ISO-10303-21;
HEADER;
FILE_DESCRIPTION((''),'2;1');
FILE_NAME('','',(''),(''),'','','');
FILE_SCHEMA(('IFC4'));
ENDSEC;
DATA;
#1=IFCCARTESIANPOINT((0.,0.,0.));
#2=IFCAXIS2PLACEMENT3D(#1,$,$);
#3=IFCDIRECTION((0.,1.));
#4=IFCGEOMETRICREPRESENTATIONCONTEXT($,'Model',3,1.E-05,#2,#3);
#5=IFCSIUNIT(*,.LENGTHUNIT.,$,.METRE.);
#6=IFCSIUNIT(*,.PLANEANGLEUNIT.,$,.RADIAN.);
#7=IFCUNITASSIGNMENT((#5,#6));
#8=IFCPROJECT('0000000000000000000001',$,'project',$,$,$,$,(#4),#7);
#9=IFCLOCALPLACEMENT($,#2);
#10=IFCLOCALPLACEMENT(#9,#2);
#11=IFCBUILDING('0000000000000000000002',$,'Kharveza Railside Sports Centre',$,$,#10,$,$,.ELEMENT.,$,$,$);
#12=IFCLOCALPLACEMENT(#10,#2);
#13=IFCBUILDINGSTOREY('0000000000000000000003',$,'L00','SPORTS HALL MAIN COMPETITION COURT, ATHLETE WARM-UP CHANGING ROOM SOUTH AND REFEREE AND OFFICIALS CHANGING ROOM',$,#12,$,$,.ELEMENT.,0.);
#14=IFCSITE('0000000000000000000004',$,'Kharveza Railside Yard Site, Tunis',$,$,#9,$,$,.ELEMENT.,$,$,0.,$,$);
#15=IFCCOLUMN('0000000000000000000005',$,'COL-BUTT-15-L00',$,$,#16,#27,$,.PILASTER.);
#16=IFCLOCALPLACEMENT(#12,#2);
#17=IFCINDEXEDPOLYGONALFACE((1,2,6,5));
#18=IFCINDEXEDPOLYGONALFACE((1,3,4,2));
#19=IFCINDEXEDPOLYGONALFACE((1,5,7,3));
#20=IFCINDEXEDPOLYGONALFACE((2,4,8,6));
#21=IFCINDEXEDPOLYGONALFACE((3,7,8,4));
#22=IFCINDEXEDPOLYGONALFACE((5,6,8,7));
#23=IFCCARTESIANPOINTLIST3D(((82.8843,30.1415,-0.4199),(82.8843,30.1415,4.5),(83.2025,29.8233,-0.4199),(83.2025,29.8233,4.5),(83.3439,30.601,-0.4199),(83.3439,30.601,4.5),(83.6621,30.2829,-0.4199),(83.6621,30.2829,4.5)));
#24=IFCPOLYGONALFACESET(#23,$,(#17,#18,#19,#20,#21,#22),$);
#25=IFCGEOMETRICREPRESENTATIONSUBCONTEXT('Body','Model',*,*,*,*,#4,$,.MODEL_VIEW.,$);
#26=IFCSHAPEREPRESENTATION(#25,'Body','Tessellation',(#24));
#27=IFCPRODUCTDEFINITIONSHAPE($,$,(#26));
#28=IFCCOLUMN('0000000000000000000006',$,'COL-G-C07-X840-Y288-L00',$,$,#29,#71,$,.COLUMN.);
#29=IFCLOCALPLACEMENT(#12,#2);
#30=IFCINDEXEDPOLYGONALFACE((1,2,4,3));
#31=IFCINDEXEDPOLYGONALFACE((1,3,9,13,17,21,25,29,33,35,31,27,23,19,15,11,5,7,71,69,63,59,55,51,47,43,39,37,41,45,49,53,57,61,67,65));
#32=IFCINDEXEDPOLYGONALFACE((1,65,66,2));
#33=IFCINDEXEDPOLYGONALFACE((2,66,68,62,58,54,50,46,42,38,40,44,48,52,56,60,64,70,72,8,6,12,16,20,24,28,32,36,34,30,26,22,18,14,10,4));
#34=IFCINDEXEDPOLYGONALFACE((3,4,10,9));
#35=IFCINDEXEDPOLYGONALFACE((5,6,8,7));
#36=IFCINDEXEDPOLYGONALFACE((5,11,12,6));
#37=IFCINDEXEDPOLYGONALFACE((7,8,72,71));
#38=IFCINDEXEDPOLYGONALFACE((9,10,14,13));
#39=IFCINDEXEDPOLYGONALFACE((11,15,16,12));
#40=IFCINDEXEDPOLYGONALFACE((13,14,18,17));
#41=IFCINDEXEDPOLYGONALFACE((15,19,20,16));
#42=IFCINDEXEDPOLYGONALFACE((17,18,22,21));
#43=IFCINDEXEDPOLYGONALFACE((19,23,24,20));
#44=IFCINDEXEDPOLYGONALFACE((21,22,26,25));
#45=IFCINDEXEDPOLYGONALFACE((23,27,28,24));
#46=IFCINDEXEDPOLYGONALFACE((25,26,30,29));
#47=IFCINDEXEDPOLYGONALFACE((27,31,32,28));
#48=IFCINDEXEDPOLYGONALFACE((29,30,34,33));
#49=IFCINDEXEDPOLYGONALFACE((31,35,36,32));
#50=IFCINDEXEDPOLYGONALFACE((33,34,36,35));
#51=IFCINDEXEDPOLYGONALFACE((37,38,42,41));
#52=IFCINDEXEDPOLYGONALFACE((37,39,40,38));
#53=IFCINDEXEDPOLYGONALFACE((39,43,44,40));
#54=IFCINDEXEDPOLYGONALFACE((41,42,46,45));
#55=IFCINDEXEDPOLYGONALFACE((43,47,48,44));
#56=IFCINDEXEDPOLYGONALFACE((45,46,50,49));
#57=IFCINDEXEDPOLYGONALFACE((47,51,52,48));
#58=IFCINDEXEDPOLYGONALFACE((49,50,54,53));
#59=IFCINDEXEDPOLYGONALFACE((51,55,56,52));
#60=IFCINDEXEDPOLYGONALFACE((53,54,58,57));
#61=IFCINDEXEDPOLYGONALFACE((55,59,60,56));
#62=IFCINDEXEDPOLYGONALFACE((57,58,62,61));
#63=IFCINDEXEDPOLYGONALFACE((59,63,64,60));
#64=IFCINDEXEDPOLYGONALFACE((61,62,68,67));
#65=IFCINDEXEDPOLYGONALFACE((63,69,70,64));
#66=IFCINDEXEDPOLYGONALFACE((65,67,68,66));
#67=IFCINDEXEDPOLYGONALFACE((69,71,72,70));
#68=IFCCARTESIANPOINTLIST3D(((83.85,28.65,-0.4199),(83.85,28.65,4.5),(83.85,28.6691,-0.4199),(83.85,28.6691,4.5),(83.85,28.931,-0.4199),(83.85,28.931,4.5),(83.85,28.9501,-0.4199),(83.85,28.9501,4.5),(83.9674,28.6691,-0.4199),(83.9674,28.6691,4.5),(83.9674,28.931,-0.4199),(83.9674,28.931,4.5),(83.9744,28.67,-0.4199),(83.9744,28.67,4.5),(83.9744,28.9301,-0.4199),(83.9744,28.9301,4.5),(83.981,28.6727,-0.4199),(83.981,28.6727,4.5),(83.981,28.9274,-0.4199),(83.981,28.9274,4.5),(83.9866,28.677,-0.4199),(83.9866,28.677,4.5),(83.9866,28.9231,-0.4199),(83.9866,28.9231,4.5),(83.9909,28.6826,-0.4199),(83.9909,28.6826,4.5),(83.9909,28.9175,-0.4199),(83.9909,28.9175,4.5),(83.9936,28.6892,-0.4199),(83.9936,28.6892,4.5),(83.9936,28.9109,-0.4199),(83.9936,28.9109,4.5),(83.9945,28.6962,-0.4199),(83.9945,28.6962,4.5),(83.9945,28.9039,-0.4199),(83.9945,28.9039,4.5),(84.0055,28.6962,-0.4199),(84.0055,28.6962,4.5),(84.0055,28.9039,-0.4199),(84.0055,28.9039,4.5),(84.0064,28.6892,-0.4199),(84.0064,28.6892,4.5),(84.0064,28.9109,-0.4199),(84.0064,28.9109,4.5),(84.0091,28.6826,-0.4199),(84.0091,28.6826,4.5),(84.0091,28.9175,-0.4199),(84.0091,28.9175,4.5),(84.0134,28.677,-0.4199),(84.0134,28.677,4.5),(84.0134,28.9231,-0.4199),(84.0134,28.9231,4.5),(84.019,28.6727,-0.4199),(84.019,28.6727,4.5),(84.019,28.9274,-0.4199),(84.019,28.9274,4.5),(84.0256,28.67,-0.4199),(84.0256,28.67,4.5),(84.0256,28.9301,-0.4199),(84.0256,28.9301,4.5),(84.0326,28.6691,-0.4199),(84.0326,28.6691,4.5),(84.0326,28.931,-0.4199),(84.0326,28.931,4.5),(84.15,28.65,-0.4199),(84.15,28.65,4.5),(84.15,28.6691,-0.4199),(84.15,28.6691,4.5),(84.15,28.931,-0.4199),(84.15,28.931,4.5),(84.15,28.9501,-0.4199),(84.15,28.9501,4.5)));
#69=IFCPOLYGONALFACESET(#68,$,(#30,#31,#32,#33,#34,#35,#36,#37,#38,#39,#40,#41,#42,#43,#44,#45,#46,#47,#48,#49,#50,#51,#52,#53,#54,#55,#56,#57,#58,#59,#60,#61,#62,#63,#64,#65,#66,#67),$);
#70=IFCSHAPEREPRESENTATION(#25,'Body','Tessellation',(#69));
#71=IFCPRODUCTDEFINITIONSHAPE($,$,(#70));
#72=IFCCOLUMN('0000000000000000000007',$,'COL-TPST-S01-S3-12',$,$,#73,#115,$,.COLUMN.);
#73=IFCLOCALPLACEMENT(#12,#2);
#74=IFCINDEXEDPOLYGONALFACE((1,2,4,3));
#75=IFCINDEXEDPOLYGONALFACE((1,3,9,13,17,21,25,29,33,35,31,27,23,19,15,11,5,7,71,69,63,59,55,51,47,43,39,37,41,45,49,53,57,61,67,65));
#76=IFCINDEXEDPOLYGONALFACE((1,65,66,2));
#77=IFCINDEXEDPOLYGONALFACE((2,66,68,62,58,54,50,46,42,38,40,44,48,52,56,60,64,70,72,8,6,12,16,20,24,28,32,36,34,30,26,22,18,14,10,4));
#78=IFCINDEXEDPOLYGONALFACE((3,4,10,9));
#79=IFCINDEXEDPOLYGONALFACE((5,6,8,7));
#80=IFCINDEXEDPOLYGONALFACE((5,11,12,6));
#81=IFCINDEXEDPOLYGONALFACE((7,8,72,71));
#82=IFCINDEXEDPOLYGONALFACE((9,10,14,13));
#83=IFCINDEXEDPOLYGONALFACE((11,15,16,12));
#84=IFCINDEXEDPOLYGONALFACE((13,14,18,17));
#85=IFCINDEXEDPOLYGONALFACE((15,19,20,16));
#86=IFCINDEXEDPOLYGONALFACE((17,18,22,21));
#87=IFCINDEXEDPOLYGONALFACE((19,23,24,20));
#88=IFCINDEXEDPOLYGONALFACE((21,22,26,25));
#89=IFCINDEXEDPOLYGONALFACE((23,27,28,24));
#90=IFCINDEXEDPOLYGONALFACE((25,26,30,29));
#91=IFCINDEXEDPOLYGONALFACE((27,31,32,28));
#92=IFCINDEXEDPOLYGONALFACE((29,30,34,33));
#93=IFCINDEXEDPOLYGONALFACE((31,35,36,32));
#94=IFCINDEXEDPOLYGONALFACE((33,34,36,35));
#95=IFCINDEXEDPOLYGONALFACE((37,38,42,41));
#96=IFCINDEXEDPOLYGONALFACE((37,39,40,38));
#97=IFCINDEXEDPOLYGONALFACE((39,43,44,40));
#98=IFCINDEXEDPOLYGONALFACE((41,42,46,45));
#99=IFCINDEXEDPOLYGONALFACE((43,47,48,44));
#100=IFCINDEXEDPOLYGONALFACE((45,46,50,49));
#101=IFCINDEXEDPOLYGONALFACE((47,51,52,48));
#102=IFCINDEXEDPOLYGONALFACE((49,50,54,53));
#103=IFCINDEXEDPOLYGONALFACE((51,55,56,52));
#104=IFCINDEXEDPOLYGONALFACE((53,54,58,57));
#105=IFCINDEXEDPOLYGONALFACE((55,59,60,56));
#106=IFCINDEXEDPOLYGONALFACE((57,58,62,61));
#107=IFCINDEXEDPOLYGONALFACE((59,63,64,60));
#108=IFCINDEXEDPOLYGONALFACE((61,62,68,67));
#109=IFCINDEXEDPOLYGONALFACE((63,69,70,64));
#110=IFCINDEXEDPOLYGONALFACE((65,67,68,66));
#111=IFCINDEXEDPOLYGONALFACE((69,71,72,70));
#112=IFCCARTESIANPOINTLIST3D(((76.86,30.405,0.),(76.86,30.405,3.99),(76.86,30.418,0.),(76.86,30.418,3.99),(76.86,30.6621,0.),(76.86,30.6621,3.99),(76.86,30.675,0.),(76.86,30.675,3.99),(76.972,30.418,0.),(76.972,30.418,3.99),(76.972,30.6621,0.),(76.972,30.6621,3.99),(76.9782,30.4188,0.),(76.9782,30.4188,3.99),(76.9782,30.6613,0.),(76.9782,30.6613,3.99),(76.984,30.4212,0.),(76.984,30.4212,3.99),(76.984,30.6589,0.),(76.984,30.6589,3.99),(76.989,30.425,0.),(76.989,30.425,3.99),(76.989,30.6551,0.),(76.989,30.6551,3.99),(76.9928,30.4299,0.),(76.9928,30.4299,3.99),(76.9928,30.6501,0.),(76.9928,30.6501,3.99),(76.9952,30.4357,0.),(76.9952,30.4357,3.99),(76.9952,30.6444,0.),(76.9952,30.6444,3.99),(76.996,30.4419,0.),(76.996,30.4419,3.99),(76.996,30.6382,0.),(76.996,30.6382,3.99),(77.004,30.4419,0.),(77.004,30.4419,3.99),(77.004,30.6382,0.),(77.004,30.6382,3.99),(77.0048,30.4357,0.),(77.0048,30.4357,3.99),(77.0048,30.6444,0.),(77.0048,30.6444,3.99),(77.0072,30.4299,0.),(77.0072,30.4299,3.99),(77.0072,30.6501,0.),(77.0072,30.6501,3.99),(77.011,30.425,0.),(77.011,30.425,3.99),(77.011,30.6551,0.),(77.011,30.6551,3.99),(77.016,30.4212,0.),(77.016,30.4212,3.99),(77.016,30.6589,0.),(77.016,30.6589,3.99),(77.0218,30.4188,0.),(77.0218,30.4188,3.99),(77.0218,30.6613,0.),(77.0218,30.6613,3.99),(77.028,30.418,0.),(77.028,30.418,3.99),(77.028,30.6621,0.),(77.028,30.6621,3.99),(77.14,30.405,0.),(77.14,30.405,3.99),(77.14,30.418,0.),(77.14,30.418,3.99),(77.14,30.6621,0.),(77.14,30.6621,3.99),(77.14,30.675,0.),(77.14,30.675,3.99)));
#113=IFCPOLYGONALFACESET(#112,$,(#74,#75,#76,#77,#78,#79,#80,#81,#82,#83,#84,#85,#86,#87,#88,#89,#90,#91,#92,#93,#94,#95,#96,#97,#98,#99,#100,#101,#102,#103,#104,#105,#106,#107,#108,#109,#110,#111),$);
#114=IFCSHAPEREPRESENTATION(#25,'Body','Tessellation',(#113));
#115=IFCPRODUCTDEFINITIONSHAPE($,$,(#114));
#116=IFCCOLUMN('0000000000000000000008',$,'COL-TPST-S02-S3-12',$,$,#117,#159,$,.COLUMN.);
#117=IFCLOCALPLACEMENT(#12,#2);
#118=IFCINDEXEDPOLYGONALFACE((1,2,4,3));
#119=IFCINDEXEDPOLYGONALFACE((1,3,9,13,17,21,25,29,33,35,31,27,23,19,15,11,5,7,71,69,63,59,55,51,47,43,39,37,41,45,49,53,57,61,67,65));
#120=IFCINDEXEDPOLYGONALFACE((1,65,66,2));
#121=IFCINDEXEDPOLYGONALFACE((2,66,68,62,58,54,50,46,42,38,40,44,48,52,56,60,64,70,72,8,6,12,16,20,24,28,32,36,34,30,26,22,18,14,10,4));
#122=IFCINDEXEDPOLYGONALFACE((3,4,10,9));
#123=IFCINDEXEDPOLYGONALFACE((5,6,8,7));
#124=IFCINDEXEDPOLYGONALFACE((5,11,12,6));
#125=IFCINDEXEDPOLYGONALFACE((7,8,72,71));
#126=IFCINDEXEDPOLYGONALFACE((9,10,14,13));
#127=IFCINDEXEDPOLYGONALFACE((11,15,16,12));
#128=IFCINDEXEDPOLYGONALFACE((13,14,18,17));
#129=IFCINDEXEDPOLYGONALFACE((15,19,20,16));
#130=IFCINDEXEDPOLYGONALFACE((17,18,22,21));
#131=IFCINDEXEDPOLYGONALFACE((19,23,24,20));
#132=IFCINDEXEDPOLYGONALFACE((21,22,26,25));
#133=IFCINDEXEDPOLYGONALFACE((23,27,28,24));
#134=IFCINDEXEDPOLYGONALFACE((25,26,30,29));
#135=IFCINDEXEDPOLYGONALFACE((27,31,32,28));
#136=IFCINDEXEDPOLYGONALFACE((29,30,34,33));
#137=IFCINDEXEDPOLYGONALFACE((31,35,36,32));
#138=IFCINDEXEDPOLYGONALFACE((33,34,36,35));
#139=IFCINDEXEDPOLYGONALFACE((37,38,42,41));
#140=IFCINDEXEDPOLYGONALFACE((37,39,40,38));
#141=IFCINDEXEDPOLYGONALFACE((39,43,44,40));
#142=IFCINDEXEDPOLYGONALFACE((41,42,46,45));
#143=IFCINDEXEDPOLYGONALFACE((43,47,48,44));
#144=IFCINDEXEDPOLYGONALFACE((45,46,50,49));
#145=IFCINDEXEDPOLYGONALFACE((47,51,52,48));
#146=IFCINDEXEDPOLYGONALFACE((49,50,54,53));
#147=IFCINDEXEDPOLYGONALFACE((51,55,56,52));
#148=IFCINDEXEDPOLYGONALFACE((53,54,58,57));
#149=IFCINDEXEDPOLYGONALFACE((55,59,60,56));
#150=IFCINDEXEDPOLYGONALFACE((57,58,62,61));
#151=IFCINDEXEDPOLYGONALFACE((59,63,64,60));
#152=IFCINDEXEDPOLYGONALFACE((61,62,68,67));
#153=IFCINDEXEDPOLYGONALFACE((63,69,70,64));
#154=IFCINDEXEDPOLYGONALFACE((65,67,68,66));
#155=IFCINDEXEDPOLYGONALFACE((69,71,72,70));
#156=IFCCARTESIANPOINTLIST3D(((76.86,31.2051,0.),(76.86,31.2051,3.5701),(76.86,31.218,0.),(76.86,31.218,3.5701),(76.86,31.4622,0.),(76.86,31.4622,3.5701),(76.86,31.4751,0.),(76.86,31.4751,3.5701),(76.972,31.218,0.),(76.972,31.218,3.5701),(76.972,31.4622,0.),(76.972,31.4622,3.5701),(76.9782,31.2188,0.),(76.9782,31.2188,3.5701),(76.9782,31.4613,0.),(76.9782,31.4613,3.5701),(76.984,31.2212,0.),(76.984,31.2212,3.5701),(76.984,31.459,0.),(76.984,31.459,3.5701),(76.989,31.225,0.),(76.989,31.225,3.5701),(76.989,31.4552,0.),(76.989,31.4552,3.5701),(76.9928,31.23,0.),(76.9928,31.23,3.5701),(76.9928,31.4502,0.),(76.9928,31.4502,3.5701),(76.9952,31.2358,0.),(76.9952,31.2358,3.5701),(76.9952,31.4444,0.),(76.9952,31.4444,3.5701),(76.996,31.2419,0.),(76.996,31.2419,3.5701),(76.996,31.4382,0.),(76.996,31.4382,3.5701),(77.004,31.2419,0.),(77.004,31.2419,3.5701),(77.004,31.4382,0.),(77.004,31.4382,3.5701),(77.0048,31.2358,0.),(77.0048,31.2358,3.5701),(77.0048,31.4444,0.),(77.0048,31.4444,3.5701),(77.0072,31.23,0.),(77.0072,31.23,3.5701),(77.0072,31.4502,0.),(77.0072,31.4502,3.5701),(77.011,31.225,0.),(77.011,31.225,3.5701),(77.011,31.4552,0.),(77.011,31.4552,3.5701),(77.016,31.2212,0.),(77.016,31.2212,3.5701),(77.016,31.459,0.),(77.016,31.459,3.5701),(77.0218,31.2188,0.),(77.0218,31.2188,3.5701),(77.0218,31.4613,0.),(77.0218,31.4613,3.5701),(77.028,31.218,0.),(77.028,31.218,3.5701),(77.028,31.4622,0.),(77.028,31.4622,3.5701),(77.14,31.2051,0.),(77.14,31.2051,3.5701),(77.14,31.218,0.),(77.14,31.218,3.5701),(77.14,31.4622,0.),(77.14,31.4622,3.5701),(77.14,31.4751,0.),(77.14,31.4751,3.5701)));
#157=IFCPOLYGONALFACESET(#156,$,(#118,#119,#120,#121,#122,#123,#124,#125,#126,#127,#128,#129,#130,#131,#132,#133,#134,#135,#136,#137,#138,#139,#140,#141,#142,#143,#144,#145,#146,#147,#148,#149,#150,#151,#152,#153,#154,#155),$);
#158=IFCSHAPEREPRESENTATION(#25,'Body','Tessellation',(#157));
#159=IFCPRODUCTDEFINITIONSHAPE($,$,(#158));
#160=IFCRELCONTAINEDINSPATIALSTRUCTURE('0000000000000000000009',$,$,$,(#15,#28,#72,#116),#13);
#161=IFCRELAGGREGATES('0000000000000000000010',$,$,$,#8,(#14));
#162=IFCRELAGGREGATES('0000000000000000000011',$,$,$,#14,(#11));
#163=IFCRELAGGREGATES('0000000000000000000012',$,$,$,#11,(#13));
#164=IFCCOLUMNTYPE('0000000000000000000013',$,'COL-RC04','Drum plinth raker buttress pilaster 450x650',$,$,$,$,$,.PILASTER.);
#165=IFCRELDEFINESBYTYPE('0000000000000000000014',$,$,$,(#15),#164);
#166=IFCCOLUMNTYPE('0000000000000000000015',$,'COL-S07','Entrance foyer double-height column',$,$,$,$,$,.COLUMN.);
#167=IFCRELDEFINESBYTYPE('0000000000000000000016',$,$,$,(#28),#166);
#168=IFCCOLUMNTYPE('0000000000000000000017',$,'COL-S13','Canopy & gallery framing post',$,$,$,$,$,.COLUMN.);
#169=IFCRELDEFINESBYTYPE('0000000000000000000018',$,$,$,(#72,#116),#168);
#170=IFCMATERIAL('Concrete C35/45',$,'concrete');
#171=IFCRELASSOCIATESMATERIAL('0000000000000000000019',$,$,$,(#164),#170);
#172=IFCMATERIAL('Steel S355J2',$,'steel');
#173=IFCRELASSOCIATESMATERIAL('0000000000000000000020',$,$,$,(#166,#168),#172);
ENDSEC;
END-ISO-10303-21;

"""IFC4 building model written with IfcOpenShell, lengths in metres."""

from ifc_helpers import new_model, si_unit, direction, frame, origin, origin_2d, place, context, subcontext, project, spatial, rectangle, i_section, extrude, material, material_profile, profile_set, type_object, element, save


model = new_model("IFC4")

# Units and contexts
model_context = context("Model", 3, precision=1e-05, world=origin(), true_north=direction((0.0, 1.0)))
body_context = subcontext(model_context, "Body", "Model", "MODEL_VIEW")
ifc_project = project(units=[si_unit("LENGTHUNIT", "METRE"), si_unit("PLANEANGLEUNIT", "RADIAN")], contexts=[model_context])

# Site, building, storey
site_placement = place(None, origin())
site = spatial("IfcSite", under=ifc_project, at=site_placement, Name="Kharveza Railside Yard Site, Tunis", CompositionType="ELEMENT", RefElevation=0.0)
building_placement = place(site_placement, origin())
building = spatial("IfcBuilding", under=site, at=building_placement, Name="Kharveza Railside Sports Centre", CompositionType="ELEMENT")
storey_placement = place(building_placement, origin())
storey = spatial("IfcBuildingStorey", under=building, at=storey_placement, Name="L00", Description="SPORTS HALL MAIN COMPETITION COURT, ATHLETE WARM-UP CHANGING ROOM SOUTH AND REFEREE AND OFFICIALS CHANGING ROOM", CompositionType="ELEMENT", Elevation=0.0)

# Shared definitions
ifc_material_1 = material(Name="Concrete C35/45", Category="concrete")

# Columns
ifc_material_profile_1 = material_profile(ifc_material_1, rectangle(XDim=0.45, YDim=0.6499, at=origin_2d()), Name="RC 450x650")
ifc_profile_set_1 = profile_set([ifc_material_profile_1], Name="Concrete C35/45")
column_type_1 = type_object("IfcColumnType", Name="COL-RC04", Description="Drum plinth raker buttress pilaster 450x650", PredefinedType="PILASTER", material=ifc_profile_set_1)
column_1_placement = place(storey_placement, frame((83.2732, 30.2122, -0.4199), z_axis=(0.0, 0.0, 1.0), x_axis=(0.707107, -0.707107, 0.0)))
element("IfcColumn", 1, at=column_1_placement, inside=storey, type_object=column_type_1, Name="COL-BUTT-15-L00", PredefinedType="PILASTER", context=body_context, shape_type="SweptSolid", body=[
    extrude(rectangle(XDim=0.45, YDim=0.6499, at=origin_2d()), origin(), (0.0, 0.0, 1.0), 4.9199),
])
ifc_material_2 = material(Name="Steel S355J2", Category="steel")
ifc_material_profile_2 = material_profile(ifc_material_2, i_section(OverallWidth=0.3, OverallDepth=0.3, WebThickness=0.011, FlangeThickness=0.019, FilletRadius=0.0271, at=origin_2d()), Name="HEB 300")
ifc_profile_set_2 = profile_set([ifc_material_profile_2], Name="Steel S355J2")
column_type_2 = type_object("IfcColumnType", Name="COL-S07", Description="Entrance foyer double-height column", PredefinedType="COLUMN", material=ifc_profile_set_2)
column_2_placement = place(storey_placement, frame((84.0, 28.8, -0.4199), z_axis=(0.0, 0.0, 1.0), x_axis=(1.0, 0.0, 0.0)))
element("IfcColumn", 2, at=column_2_placement, inside=storey, type_object=column_type_2, Name="COL-G-C07-X840-Y288-L00", PredefinedType="COLUMN", context=body_context, shape_type="SweptSolid", body=[
    extrude(i_section(OverallWidth=0.3, OverallDepth=0.3, WebThickness=0.011, FlangeThickness=0.019, FilletRadius=0.0271, at=origin_2d()), origin(), (0.0, 0.0, 1.0), 4.9199),
])
ifc_material_profile_3 = material_profile(ifc_material_2, i_section(OverallWidth=0.28, OverallDepth=0.27, WebThickness=0.0081, FlangeThickness=0.0129, FilletRadius=0.0239, at=origin_2d()), Name="HEA 280")
ifc_profile_set_3 = profile_set([ifc_material_profile_3], Name="Steel S355J2")
column_type_3 = type_object("IfcColumnType", Name="COL-S13", Description="Canopy & gallery framing post", PredefinedType="COLUMN", material=ifc_profile_set_3)
column_3_placement = place(storey_placement, frame((77.0, 30.54, 0.0), z_axis=(0.0, 0.0, 1.0), x_axis=(1.0, 0.0, 0.0)))
element("IfcColumn", 3, at=column_3_placement, inside=storey, type_object=column_type_3, Name="COL-TPST-S01-S3-12", PredefinedType="COLUMN", context=body_context, shape_type="SweptSolid", body=[
    extrude(i_section(OverallWidth=0.28, OverallDepth=0.27, WebThickness=0.0081, FlangeThickness=0.0129, FilletRadius=0.0239, at=origin_2d()), origin(), (0.0, 0.0, 1.0), 3.99),
])
column_4_placement = place(storey_placement, frame((77.0, 31.3401, 0.0), z_axis=(0.0, 0.0, 1.0), x_axis=(1.0, 0.0, 0.0)))
element("IfcColumn", 4, at=column_4_placement, inside=storey, type_object=column_type_3, Name="COL-TPST-S02-S3-12", PredefinedType="COLUMN", context=body_context, shape_type="SweptSolid", body=[
    extrude(i_section(OverallWidth=0.28, OverallDepth=0.27, WebThickness=0.0081, FlangeThickness=0.0129, FilletRadius=0.0239, at=origin_2d()), origin(), (0.0, 0.0, 1.0), 3.5701),
])

save(model, "model.ifc")
